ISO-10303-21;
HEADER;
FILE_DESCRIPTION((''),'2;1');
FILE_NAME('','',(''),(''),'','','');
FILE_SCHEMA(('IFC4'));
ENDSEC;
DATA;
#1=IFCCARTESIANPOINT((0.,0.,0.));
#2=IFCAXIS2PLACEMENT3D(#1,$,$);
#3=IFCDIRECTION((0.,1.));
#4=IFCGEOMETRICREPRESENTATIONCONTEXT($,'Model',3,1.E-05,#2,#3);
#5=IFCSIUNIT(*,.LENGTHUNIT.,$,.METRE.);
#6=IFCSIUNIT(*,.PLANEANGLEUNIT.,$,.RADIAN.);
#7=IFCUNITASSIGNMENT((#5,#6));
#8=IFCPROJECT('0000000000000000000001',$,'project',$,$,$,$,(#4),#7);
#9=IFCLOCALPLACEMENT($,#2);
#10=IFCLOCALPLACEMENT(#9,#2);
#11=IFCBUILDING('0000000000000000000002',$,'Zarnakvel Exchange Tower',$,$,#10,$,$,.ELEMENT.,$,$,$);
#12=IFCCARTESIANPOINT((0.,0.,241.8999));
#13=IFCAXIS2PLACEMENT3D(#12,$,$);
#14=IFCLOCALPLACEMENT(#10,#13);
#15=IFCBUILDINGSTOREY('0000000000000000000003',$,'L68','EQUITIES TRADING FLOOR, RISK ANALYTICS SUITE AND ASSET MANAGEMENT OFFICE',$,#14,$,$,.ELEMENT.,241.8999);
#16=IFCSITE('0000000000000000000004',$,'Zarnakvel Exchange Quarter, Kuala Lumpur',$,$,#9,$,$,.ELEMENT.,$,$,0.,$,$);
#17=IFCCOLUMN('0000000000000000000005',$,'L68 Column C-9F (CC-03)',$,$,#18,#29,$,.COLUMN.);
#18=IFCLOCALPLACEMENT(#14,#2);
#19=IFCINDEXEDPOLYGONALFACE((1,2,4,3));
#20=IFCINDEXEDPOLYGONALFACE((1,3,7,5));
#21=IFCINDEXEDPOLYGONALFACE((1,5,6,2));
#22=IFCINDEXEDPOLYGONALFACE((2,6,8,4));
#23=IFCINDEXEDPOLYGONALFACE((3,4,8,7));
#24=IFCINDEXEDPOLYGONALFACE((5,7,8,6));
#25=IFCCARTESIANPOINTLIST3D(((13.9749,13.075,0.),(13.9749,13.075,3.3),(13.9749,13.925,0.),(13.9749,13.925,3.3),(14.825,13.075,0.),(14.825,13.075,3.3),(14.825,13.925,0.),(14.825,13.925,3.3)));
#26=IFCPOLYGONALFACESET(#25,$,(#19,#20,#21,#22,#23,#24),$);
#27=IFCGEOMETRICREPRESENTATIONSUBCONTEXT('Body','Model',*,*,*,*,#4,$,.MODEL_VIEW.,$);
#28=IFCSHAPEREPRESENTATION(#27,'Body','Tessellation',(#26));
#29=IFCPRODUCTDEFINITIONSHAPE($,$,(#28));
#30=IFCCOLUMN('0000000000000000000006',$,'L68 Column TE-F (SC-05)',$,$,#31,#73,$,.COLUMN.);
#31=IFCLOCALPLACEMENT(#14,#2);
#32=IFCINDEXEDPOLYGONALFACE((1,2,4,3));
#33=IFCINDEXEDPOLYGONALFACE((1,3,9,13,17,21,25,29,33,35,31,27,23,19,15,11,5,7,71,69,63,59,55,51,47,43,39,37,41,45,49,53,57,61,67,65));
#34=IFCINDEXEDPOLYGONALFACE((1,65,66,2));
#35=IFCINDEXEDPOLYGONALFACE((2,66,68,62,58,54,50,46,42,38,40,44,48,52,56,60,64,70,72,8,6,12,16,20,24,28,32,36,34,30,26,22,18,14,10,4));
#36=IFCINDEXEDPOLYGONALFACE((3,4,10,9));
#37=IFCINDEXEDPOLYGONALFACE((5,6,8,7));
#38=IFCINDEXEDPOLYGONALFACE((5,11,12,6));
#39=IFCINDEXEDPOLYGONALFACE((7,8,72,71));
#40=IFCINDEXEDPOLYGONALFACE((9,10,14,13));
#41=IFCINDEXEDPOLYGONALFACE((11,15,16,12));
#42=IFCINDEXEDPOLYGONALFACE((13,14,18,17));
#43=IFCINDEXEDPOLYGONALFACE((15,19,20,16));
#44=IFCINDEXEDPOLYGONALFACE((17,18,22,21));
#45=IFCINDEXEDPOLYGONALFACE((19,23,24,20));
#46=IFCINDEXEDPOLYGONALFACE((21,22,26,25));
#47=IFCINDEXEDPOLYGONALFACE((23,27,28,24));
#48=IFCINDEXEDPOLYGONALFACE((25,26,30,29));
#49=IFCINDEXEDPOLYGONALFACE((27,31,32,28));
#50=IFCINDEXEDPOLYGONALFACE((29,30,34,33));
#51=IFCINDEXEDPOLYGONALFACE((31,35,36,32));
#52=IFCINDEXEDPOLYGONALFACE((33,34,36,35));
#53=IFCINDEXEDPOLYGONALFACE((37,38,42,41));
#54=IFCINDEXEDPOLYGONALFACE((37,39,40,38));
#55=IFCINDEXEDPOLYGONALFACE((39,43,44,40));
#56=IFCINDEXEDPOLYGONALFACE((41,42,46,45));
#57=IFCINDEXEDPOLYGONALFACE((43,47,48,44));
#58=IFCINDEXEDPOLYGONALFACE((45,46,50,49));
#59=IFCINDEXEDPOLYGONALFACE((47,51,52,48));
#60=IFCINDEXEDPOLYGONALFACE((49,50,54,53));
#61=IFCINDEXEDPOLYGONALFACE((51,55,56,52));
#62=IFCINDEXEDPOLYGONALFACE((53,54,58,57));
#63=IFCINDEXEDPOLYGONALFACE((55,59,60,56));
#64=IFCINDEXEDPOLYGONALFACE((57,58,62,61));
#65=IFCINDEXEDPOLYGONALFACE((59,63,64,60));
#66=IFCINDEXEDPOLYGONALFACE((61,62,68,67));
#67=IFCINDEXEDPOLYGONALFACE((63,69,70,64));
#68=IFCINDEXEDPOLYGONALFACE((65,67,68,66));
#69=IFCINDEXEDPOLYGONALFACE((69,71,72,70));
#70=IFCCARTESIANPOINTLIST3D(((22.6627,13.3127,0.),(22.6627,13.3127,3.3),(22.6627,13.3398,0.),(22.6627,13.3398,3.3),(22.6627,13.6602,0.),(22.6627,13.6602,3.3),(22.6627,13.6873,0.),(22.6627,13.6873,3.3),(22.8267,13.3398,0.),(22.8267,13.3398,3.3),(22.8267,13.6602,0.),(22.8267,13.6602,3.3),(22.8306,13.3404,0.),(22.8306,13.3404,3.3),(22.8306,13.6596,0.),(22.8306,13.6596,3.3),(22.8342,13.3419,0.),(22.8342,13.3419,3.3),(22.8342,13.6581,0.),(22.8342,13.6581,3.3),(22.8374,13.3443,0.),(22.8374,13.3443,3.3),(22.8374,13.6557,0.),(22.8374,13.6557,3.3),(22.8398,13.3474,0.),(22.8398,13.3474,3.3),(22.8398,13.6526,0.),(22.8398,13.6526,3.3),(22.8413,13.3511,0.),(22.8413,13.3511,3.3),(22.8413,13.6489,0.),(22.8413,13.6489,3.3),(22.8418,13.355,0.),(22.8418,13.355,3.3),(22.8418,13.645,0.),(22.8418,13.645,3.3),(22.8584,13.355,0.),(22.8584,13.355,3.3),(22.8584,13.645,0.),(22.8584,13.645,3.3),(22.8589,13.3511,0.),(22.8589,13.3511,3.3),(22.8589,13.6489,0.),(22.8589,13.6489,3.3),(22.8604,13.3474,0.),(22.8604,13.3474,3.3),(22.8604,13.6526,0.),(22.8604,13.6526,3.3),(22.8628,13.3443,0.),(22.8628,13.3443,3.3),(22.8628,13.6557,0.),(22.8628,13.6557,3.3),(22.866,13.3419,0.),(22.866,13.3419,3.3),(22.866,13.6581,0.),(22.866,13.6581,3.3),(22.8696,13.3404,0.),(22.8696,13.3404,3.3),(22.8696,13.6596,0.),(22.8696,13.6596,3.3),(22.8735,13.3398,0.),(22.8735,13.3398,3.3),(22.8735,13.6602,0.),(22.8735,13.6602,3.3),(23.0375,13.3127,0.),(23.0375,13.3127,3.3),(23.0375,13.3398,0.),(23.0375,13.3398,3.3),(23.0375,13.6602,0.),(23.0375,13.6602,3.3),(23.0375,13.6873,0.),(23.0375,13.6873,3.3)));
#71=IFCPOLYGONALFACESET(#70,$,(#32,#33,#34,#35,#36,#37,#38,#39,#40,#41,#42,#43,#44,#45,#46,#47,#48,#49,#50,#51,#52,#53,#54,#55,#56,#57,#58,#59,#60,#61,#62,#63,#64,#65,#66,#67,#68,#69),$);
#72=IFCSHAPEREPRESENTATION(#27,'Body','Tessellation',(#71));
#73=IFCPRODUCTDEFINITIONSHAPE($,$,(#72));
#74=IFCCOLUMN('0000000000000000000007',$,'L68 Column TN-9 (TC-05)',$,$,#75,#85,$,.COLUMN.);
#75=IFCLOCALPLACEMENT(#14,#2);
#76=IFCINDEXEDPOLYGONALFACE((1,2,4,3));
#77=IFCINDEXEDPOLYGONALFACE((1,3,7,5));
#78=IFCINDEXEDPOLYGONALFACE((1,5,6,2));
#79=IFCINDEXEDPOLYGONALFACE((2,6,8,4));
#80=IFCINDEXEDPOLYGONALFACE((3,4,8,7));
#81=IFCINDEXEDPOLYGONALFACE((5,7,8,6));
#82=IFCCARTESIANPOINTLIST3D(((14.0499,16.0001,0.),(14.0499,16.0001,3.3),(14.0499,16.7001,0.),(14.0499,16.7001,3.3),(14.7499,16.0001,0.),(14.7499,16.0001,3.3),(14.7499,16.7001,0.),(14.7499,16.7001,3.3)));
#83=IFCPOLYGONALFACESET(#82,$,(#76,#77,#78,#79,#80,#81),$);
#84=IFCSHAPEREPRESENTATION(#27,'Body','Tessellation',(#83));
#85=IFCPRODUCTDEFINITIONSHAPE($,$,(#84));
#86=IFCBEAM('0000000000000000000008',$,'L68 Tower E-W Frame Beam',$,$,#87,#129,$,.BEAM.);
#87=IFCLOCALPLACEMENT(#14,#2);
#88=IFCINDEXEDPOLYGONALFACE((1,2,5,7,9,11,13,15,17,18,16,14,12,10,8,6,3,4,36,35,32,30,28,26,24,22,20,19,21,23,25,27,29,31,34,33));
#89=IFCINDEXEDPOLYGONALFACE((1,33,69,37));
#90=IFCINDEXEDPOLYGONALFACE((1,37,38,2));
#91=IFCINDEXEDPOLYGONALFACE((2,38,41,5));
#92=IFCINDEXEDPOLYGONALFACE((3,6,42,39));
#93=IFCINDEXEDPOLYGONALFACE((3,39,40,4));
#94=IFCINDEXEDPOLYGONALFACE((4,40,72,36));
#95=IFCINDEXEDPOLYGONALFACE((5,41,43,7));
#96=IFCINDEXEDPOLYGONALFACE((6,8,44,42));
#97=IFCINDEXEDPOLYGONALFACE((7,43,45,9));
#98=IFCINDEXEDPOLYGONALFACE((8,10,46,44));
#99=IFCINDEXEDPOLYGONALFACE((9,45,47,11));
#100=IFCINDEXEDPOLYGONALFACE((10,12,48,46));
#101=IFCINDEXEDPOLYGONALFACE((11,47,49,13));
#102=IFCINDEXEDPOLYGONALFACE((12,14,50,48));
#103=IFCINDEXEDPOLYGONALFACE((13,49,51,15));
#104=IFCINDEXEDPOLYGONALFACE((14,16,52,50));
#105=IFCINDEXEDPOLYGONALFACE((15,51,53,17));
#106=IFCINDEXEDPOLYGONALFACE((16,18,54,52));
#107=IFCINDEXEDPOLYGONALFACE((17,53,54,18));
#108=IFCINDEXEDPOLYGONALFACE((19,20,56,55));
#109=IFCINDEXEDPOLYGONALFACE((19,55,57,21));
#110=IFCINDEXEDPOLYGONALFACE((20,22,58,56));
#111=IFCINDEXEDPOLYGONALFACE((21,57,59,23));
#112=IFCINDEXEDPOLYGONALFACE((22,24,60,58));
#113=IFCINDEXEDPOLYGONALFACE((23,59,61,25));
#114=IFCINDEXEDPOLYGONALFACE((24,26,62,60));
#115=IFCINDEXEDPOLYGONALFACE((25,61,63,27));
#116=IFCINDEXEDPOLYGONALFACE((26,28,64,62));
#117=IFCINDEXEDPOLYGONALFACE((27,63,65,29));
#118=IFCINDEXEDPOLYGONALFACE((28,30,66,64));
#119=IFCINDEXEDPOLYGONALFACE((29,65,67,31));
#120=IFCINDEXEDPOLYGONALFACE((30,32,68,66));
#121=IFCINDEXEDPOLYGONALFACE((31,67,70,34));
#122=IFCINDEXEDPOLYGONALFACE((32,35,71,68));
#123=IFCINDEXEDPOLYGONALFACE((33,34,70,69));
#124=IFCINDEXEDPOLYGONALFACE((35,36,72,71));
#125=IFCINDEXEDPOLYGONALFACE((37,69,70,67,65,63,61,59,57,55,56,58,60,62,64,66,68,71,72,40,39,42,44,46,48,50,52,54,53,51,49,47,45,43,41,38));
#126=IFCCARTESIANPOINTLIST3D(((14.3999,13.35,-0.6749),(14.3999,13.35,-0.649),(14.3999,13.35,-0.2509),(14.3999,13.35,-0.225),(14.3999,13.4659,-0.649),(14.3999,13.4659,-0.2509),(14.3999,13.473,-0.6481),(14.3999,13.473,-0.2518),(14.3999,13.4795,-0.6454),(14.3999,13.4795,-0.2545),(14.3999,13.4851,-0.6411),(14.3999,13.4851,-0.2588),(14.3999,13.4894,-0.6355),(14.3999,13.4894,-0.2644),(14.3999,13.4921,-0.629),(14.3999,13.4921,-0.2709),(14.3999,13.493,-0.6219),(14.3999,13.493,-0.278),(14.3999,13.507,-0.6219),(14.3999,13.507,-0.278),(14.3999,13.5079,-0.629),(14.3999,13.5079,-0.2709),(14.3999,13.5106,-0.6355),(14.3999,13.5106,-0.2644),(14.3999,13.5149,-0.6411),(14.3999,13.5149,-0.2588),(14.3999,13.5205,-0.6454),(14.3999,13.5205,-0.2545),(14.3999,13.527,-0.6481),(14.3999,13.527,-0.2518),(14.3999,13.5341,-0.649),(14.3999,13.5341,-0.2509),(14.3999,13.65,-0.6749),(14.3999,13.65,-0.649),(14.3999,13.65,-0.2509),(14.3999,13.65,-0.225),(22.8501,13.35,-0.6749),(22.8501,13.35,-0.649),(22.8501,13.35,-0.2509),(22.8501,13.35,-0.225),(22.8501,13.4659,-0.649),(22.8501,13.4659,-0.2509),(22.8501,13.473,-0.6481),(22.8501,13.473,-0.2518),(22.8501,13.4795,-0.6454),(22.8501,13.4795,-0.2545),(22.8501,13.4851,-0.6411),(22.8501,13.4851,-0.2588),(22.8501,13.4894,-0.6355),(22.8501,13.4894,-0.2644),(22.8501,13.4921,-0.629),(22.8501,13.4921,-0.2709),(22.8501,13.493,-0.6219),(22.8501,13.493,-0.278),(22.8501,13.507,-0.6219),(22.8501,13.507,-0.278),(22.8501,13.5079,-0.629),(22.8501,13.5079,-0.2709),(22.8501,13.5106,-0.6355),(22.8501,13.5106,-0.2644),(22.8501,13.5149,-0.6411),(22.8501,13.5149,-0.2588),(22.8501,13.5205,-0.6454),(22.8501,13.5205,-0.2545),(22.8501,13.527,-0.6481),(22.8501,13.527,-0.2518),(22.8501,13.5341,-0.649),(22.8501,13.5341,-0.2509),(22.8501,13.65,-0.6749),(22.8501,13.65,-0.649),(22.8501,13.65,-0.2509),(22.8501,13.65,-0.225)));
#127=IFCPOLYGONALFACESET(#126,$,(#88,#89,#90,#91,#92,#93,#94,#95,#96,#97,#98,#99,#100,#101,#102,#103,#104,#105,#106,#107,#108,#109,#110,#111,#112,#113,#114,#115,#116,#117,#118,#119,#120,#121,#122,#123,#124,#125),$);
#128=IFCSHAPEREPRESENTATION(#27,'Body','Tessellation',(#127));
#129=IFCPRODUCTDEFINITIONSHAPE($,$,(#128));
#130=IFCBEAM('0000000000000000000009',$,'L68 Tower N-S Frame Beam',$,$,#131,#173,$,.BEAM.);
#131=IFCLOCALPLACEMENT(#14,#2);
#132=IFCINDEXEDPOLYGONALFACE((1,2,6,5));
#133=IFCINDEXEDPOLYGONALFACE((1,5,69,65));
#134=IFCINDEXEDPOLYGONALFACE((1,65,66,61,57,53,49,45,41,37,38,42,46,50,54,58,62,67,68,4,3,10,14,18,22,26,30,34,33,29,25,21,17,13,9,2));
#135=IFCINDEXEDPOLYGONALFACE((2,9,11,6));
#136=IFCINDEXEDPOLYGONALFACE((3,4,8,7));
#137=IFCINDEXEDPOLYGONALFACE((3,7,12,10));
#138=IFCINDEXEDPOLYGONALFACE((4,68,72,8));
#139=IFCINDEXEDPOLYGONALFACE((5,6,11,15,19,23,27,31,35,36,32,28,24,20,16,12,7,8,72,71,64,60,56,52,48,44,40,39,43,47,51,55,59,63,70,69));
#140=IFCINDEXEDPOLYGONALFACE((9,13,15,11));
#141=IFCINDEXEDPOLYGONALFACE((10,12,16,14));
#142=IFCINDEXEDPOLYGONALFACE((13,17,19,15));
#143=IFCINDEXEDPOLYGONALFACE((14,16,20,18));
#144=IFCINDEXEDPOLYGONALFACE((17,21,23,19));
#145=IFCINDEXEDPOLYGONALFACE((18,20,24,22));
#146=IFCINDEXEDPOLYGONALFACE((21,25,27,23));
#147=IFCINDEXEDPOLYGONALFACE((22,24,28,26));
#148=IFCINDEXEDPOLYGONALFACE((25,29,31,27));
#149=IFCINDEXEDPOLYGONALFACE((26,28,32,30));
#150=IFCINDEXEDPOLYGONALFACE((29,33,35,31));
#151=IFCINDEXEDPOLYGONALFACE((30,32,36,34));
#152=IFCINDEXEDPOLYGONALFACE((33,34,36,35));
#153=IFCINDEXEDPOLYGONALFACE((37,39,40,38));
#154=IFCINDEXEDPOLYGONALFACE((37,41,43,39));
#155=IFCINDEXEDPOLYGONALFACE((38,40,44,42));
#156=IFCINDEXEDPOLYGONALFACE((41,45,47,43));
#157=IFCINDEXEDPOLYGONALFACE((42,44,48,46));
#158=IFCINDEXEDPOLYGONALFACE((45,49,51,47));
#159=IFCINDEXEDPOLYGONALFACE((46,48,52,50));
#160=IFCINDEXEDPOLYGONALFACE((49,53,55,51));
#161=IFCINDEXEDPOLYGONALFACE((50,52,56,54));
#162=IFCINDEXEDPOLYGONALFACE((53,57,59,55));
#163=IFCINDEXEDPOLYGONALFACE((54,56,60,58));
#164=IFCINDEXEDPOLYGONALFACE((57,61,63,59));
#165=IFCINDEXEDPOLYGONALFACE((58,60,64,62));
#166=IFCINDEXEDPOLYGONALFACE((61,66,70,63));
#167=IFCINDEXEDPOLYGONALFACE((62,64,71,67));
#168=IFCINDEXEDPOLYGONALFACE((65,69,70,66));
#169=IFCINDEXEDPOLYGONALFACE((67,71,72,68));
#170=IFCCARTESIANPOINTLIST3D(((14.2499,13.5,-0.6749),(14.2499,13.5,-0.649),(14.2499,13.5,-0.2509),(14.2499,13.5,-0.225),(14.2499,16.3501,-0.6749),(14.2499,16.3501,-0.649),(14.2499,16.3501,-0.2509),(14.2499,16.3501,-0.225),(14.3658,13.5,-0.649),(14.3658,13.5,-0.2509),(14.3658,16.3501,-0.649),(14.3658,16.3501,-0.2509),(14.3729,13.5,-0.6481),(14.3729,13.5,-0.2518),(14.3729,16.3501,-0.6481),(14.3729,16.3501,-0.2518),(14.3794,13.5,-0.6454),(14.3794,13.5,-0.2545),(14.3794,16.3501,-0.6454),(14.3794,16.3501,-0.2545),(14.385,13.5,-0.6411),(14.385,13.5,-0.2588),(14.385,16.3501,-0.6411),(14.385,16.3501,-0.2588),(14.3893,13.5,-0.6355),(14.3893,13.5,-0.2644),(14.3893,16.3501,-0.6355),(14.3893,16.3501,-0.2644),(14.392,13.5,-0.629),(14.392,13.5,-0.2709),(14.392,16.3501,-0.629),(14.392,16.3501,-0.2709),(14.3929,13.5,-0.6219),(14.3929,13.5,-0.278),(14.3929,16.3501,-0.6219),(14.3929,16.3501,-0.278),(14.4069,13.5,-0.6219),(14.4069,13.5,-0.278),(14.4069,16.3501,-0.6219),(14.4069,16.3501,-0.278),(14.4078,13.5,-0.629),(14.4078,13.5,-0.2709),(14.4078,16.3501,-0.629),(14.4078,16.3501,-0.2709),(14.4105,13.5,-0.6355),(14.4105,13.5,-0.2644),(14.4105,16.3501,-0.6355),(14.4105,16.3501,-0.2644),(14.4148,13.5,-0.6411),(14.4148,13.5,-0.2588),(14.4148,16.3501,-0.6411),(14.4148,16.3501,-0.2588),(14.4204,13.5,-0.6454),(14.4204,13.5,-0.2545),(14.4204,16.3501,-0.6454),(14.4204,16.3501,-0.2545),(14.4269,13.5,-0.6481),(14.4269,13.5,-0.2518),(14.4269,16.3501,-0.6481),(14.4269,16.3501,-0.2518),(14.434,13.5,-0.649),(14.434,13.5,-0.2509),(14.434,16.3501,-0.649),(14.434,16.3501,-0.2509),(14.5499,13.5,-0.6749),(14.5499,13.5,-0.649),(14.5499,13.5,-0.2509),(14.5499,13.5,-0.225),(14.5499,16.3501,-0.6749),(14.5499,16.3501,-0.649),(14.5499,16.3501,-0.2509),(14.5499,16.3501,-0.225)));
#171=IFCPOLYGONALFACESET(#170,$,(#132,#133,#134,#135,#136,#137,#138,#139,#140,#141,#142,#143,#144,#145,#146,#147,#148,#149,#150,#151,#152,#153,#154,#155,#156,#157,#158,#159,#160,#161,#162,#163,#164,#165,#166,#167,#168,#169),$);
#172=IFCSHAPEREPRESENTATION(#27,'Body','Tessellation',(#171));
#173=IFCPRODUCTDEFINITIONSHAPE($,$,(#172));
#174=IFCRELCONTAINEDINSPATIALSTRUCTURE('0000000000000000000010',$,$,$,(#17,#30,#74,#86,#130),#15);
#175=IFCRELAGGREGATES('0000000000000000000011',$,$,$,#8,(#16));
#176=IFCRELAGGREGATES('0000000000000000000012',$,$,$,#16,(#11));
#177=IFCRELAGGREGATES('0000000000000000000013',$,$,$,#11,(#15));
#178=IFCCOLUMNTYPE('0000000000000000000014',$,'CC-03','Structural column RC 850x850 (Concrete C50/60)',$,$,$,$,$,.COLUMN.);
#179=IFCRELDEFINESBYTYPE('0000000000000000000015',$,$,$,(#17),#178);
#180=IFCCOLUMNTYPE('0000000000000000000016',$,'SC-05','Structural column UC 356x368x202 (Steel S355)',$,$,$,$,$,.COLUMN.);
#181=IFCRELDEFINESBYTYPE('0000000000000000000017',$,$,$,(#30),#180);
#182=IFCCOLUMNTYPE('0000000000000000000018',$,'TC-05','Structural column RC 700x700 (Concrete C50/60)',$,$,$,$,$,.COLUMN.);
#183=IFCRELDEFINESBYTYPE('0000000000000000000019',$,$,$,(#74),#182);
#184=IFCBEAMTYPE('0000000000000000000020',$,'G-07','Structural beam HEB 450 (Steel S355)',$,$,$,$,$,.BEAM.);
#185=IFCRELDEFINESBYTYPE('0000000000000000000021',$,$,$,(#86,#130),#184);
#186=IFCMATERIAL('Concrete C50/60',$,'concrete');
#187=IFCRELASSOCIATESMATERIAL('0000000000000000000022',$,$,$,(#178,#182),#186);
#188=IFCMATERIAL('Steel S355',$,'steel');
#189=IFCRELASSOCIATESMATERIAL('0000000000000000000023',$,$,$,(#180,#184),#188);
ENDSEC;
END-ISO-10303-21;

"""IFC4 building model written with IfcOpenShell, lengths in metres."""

from ifc_helpers import new_model, si_unit, direction, frame, origin, origin_2d, place, context, subcontext, project, spatial, rectangle, i_section, extrude, material, material_profile, profile_set, type_object, element, save


model = new_model("IFC4")

# Units and contexts
model_context = context("Model", 3, precision=1e-05, world=origin(), true_north=direction((0.0, 1.0)))
body_context = subcontext(model_context, "Body", "Model", "MODEL_VIEW")
ifc_project = project(units=[si_unit("LENGTHUNIT", "METRE"), si_unit("PLANEANGLEUNIT", "RADIAN")], contexts=[model_context])

# Site, building, storey
site_placement = place(None, origin())
site = spatial("IfcSite", under=ifc_project, at=site_placement, Name="Zarnakvel Exchange Quarter, Kuala Lumpur", CompositionType="ELEMENT", RefElevation=0.0)
building_placement = place(site_placement, origin())
building = spatial("IfcBuilding", under=site, at=building_placement, Name="Zarnakvel Exchange Tower", CompositionType="ELEMENT")
storey_placement = place(building_placement, frame((0.0, 0.0, 241.8999)))
storey = spatial("IfcBuildingStorey", under=building, at=storey_placement, Name="L68", Description="EQUITIES TRADING FLOOR, RISK ANALYTICS SUITE AND ASSET MANAGEMENT OFFICE", CompositionType="ELEMENT", Elevation=241.8999)

# Columns
ifc_material_1 = material(Name="Concrete C50/60", Category="concrete")
ifc_material_profile_1 = material_profile(ifc_material_1, rectangle(XDim=0.8501, YDim=0.8501, at=origin_2d()))
ifc_profile_set_1 = profile_set([ifc_material_profile_1], Name="Concrete C50/60")
column_type_1 = type_object("IfcColumnType", Name="CC-03", Description="Structural column RC 850x850 (Concrete C50/60)", PredefinedType="COLUMN", material=ifc_profile_set_1)
column_1_placement = place(storey_placement, frame((14.3999, 13.5, 0.0), z_axis=(0.0, 0.0, 1.0), x_axis=(1.0, 0.0, 0.0)))
element("IfcColumn", 1, at=column_1_placement, inside=storey, type_object=column_type_1, Name="L68 Column C-9F (CC-03)", PredefinedType="COLUMN", context=body_context, shape_type="SweptSolid", body=[
    extrude(rectangle(XDim=0.8501, YDim=0.8501, at=origin_2d()), origin(), (0.0, 0.0, 1.0), 3.3),
])
ifc_material_2 = material(Name="Steel S355", Category="steel")
ifc_material_profile_2 = material_profile(ifc_material_2, i_section(OverallWidth=0.3748, OverallDepth=0.3745, WebThickness=0.0166, FlangeThickness=0.0271, FilletRadius=0.0151, at=origin_2d()))
ifc_profile_set_2 = profile_set([ifc_material_profile_2], Name="Steel S355")
column_type_2 = type_object("IfcColumnType", Name="SC-05", Description="Structural column UC 356x368x202 (Steel S355)", PredefinedType="COLUMN", material=ifc_profile_set_2)
column_2_placement = place(storey_placement, frame((22.8501, 13.5, 0.0), z_axis=(0.0, 0.0, 1.0), x_axis=(1.0, 0.0, 0.0)))
element("IfcColumn", 2, at=column_2_placement, inside=storey, type_object=column_type_2, Name="L68 Column TE-F (SC-05)", PredefinedType="COLUMN", context=body_context, shape_type="SweptSolid", body=[
    extrude(i_section(OverallWidth=0.3748, OverallDepth=0.3745, WebThickness=0.0166, FlangeThickness=0.0271, FilletRadius=0.0151, at=origin_2d()), origin(), (0.0, 0.0, 1.0), 3.3),
])
ifc_material_profile_3 = material_profile(ifc_material_1, rectangle(XDim=0.7, YDim=0.7, at=origin_2d()))
ifc_profile_set_3 = profile_set([ifc_material_profile_3], Name="Concrete C50/60")
column_type_3 = type_object("IfcColumnType", Name="TC-05", Description="Structural column RC 700x700 (Concrete C50/60)", PredefinedType="COLUMN", material=ifc_profile_set_3)
column_3_placement = place(storey_placement, frame((14.3999, 16.3501, 0.0), z_axis=(0.0, 0.0, 1.0), x_axis=(1.0, 0.0, 0.0)))
element("IfcColumn", 3, at=column_3_placement, inside=storey, type_object=column_type_3, Name="L68 Column TN-9 (TC-05)", PredefinedType="COLUMN", context=body_context, shape_type="SweptSolid", body=[
    extrude(rectangle(XDim=0.7, YDim=0.7, at=origin_2d()), origin(), (0.0, 0.0, 1.0), 3.3),
])

# Beams
ifc_material_profile_4 = material_profile(ifc_material_2, i_section(OverallWidth=0.3, OverallDepth=0.45, WebThickness=0.0139, FlangeThickness=0.0259, FilletRadius=0.0271, at=origin_2d()))
ifc_profile_set_4 = profile_set([ifc_material_profile_4], Name="Steel S355")
beam_type = type_object("IfcBeamType", Name="G-07", Description="Structural beam HEB 450 (Steel S355)", PredefinedType="BEAM", material=ifc_profile_set_4)
beam_1_placement = place(storey_placement, frame((14.3999, 13.5, -0.45), z_axis=(1.0, 0.0, 0.0), x_axis=(0.0, 1.0, 0.0)))
element("IfcBeam", 4, at=beam_1_placement, inside=storey, type_object=beam_type, Name="L68 Tower E-W Frame Beam", PredefinedType="BEAM", context=body_context, shape_type="SweptSolid", body=[
    extrude(i_section(OverallWidth=0.3, OverallDepth=0.45, WebThickness=0.0139, FlangeThickness=0.0259, FilletRadius=0.0271, at=origin_2d()), origin(), (0.0, 0.0, 1.0), 8.4502),
])
beam_2_placement = place(storey_placement, frame((14.3999, 13.5, -0.45), z_axis=(0.0, 1.0, 0.0), x_axis=(-1.0, 0.0, 0.0)))
element("IfcBeam", 5, at=beam_2_placement, inside=storey, type_object=beam_type, Name="L68 Tower N-S Frame Beam", PredefinedType="BEAM", context=body_context, shape_type="SweptSolid", body=[
    extrude(i_section(OverallWidth=0.3, OverallDepth=0.45, WebThickness=0.0139, FlangeThickness=0.0259, FilletRadius=0.0271, at=origin_2d()), origin(), (0.0, 0.0, 1.0), 2.8501),
])

save(model, "model.ifc")
